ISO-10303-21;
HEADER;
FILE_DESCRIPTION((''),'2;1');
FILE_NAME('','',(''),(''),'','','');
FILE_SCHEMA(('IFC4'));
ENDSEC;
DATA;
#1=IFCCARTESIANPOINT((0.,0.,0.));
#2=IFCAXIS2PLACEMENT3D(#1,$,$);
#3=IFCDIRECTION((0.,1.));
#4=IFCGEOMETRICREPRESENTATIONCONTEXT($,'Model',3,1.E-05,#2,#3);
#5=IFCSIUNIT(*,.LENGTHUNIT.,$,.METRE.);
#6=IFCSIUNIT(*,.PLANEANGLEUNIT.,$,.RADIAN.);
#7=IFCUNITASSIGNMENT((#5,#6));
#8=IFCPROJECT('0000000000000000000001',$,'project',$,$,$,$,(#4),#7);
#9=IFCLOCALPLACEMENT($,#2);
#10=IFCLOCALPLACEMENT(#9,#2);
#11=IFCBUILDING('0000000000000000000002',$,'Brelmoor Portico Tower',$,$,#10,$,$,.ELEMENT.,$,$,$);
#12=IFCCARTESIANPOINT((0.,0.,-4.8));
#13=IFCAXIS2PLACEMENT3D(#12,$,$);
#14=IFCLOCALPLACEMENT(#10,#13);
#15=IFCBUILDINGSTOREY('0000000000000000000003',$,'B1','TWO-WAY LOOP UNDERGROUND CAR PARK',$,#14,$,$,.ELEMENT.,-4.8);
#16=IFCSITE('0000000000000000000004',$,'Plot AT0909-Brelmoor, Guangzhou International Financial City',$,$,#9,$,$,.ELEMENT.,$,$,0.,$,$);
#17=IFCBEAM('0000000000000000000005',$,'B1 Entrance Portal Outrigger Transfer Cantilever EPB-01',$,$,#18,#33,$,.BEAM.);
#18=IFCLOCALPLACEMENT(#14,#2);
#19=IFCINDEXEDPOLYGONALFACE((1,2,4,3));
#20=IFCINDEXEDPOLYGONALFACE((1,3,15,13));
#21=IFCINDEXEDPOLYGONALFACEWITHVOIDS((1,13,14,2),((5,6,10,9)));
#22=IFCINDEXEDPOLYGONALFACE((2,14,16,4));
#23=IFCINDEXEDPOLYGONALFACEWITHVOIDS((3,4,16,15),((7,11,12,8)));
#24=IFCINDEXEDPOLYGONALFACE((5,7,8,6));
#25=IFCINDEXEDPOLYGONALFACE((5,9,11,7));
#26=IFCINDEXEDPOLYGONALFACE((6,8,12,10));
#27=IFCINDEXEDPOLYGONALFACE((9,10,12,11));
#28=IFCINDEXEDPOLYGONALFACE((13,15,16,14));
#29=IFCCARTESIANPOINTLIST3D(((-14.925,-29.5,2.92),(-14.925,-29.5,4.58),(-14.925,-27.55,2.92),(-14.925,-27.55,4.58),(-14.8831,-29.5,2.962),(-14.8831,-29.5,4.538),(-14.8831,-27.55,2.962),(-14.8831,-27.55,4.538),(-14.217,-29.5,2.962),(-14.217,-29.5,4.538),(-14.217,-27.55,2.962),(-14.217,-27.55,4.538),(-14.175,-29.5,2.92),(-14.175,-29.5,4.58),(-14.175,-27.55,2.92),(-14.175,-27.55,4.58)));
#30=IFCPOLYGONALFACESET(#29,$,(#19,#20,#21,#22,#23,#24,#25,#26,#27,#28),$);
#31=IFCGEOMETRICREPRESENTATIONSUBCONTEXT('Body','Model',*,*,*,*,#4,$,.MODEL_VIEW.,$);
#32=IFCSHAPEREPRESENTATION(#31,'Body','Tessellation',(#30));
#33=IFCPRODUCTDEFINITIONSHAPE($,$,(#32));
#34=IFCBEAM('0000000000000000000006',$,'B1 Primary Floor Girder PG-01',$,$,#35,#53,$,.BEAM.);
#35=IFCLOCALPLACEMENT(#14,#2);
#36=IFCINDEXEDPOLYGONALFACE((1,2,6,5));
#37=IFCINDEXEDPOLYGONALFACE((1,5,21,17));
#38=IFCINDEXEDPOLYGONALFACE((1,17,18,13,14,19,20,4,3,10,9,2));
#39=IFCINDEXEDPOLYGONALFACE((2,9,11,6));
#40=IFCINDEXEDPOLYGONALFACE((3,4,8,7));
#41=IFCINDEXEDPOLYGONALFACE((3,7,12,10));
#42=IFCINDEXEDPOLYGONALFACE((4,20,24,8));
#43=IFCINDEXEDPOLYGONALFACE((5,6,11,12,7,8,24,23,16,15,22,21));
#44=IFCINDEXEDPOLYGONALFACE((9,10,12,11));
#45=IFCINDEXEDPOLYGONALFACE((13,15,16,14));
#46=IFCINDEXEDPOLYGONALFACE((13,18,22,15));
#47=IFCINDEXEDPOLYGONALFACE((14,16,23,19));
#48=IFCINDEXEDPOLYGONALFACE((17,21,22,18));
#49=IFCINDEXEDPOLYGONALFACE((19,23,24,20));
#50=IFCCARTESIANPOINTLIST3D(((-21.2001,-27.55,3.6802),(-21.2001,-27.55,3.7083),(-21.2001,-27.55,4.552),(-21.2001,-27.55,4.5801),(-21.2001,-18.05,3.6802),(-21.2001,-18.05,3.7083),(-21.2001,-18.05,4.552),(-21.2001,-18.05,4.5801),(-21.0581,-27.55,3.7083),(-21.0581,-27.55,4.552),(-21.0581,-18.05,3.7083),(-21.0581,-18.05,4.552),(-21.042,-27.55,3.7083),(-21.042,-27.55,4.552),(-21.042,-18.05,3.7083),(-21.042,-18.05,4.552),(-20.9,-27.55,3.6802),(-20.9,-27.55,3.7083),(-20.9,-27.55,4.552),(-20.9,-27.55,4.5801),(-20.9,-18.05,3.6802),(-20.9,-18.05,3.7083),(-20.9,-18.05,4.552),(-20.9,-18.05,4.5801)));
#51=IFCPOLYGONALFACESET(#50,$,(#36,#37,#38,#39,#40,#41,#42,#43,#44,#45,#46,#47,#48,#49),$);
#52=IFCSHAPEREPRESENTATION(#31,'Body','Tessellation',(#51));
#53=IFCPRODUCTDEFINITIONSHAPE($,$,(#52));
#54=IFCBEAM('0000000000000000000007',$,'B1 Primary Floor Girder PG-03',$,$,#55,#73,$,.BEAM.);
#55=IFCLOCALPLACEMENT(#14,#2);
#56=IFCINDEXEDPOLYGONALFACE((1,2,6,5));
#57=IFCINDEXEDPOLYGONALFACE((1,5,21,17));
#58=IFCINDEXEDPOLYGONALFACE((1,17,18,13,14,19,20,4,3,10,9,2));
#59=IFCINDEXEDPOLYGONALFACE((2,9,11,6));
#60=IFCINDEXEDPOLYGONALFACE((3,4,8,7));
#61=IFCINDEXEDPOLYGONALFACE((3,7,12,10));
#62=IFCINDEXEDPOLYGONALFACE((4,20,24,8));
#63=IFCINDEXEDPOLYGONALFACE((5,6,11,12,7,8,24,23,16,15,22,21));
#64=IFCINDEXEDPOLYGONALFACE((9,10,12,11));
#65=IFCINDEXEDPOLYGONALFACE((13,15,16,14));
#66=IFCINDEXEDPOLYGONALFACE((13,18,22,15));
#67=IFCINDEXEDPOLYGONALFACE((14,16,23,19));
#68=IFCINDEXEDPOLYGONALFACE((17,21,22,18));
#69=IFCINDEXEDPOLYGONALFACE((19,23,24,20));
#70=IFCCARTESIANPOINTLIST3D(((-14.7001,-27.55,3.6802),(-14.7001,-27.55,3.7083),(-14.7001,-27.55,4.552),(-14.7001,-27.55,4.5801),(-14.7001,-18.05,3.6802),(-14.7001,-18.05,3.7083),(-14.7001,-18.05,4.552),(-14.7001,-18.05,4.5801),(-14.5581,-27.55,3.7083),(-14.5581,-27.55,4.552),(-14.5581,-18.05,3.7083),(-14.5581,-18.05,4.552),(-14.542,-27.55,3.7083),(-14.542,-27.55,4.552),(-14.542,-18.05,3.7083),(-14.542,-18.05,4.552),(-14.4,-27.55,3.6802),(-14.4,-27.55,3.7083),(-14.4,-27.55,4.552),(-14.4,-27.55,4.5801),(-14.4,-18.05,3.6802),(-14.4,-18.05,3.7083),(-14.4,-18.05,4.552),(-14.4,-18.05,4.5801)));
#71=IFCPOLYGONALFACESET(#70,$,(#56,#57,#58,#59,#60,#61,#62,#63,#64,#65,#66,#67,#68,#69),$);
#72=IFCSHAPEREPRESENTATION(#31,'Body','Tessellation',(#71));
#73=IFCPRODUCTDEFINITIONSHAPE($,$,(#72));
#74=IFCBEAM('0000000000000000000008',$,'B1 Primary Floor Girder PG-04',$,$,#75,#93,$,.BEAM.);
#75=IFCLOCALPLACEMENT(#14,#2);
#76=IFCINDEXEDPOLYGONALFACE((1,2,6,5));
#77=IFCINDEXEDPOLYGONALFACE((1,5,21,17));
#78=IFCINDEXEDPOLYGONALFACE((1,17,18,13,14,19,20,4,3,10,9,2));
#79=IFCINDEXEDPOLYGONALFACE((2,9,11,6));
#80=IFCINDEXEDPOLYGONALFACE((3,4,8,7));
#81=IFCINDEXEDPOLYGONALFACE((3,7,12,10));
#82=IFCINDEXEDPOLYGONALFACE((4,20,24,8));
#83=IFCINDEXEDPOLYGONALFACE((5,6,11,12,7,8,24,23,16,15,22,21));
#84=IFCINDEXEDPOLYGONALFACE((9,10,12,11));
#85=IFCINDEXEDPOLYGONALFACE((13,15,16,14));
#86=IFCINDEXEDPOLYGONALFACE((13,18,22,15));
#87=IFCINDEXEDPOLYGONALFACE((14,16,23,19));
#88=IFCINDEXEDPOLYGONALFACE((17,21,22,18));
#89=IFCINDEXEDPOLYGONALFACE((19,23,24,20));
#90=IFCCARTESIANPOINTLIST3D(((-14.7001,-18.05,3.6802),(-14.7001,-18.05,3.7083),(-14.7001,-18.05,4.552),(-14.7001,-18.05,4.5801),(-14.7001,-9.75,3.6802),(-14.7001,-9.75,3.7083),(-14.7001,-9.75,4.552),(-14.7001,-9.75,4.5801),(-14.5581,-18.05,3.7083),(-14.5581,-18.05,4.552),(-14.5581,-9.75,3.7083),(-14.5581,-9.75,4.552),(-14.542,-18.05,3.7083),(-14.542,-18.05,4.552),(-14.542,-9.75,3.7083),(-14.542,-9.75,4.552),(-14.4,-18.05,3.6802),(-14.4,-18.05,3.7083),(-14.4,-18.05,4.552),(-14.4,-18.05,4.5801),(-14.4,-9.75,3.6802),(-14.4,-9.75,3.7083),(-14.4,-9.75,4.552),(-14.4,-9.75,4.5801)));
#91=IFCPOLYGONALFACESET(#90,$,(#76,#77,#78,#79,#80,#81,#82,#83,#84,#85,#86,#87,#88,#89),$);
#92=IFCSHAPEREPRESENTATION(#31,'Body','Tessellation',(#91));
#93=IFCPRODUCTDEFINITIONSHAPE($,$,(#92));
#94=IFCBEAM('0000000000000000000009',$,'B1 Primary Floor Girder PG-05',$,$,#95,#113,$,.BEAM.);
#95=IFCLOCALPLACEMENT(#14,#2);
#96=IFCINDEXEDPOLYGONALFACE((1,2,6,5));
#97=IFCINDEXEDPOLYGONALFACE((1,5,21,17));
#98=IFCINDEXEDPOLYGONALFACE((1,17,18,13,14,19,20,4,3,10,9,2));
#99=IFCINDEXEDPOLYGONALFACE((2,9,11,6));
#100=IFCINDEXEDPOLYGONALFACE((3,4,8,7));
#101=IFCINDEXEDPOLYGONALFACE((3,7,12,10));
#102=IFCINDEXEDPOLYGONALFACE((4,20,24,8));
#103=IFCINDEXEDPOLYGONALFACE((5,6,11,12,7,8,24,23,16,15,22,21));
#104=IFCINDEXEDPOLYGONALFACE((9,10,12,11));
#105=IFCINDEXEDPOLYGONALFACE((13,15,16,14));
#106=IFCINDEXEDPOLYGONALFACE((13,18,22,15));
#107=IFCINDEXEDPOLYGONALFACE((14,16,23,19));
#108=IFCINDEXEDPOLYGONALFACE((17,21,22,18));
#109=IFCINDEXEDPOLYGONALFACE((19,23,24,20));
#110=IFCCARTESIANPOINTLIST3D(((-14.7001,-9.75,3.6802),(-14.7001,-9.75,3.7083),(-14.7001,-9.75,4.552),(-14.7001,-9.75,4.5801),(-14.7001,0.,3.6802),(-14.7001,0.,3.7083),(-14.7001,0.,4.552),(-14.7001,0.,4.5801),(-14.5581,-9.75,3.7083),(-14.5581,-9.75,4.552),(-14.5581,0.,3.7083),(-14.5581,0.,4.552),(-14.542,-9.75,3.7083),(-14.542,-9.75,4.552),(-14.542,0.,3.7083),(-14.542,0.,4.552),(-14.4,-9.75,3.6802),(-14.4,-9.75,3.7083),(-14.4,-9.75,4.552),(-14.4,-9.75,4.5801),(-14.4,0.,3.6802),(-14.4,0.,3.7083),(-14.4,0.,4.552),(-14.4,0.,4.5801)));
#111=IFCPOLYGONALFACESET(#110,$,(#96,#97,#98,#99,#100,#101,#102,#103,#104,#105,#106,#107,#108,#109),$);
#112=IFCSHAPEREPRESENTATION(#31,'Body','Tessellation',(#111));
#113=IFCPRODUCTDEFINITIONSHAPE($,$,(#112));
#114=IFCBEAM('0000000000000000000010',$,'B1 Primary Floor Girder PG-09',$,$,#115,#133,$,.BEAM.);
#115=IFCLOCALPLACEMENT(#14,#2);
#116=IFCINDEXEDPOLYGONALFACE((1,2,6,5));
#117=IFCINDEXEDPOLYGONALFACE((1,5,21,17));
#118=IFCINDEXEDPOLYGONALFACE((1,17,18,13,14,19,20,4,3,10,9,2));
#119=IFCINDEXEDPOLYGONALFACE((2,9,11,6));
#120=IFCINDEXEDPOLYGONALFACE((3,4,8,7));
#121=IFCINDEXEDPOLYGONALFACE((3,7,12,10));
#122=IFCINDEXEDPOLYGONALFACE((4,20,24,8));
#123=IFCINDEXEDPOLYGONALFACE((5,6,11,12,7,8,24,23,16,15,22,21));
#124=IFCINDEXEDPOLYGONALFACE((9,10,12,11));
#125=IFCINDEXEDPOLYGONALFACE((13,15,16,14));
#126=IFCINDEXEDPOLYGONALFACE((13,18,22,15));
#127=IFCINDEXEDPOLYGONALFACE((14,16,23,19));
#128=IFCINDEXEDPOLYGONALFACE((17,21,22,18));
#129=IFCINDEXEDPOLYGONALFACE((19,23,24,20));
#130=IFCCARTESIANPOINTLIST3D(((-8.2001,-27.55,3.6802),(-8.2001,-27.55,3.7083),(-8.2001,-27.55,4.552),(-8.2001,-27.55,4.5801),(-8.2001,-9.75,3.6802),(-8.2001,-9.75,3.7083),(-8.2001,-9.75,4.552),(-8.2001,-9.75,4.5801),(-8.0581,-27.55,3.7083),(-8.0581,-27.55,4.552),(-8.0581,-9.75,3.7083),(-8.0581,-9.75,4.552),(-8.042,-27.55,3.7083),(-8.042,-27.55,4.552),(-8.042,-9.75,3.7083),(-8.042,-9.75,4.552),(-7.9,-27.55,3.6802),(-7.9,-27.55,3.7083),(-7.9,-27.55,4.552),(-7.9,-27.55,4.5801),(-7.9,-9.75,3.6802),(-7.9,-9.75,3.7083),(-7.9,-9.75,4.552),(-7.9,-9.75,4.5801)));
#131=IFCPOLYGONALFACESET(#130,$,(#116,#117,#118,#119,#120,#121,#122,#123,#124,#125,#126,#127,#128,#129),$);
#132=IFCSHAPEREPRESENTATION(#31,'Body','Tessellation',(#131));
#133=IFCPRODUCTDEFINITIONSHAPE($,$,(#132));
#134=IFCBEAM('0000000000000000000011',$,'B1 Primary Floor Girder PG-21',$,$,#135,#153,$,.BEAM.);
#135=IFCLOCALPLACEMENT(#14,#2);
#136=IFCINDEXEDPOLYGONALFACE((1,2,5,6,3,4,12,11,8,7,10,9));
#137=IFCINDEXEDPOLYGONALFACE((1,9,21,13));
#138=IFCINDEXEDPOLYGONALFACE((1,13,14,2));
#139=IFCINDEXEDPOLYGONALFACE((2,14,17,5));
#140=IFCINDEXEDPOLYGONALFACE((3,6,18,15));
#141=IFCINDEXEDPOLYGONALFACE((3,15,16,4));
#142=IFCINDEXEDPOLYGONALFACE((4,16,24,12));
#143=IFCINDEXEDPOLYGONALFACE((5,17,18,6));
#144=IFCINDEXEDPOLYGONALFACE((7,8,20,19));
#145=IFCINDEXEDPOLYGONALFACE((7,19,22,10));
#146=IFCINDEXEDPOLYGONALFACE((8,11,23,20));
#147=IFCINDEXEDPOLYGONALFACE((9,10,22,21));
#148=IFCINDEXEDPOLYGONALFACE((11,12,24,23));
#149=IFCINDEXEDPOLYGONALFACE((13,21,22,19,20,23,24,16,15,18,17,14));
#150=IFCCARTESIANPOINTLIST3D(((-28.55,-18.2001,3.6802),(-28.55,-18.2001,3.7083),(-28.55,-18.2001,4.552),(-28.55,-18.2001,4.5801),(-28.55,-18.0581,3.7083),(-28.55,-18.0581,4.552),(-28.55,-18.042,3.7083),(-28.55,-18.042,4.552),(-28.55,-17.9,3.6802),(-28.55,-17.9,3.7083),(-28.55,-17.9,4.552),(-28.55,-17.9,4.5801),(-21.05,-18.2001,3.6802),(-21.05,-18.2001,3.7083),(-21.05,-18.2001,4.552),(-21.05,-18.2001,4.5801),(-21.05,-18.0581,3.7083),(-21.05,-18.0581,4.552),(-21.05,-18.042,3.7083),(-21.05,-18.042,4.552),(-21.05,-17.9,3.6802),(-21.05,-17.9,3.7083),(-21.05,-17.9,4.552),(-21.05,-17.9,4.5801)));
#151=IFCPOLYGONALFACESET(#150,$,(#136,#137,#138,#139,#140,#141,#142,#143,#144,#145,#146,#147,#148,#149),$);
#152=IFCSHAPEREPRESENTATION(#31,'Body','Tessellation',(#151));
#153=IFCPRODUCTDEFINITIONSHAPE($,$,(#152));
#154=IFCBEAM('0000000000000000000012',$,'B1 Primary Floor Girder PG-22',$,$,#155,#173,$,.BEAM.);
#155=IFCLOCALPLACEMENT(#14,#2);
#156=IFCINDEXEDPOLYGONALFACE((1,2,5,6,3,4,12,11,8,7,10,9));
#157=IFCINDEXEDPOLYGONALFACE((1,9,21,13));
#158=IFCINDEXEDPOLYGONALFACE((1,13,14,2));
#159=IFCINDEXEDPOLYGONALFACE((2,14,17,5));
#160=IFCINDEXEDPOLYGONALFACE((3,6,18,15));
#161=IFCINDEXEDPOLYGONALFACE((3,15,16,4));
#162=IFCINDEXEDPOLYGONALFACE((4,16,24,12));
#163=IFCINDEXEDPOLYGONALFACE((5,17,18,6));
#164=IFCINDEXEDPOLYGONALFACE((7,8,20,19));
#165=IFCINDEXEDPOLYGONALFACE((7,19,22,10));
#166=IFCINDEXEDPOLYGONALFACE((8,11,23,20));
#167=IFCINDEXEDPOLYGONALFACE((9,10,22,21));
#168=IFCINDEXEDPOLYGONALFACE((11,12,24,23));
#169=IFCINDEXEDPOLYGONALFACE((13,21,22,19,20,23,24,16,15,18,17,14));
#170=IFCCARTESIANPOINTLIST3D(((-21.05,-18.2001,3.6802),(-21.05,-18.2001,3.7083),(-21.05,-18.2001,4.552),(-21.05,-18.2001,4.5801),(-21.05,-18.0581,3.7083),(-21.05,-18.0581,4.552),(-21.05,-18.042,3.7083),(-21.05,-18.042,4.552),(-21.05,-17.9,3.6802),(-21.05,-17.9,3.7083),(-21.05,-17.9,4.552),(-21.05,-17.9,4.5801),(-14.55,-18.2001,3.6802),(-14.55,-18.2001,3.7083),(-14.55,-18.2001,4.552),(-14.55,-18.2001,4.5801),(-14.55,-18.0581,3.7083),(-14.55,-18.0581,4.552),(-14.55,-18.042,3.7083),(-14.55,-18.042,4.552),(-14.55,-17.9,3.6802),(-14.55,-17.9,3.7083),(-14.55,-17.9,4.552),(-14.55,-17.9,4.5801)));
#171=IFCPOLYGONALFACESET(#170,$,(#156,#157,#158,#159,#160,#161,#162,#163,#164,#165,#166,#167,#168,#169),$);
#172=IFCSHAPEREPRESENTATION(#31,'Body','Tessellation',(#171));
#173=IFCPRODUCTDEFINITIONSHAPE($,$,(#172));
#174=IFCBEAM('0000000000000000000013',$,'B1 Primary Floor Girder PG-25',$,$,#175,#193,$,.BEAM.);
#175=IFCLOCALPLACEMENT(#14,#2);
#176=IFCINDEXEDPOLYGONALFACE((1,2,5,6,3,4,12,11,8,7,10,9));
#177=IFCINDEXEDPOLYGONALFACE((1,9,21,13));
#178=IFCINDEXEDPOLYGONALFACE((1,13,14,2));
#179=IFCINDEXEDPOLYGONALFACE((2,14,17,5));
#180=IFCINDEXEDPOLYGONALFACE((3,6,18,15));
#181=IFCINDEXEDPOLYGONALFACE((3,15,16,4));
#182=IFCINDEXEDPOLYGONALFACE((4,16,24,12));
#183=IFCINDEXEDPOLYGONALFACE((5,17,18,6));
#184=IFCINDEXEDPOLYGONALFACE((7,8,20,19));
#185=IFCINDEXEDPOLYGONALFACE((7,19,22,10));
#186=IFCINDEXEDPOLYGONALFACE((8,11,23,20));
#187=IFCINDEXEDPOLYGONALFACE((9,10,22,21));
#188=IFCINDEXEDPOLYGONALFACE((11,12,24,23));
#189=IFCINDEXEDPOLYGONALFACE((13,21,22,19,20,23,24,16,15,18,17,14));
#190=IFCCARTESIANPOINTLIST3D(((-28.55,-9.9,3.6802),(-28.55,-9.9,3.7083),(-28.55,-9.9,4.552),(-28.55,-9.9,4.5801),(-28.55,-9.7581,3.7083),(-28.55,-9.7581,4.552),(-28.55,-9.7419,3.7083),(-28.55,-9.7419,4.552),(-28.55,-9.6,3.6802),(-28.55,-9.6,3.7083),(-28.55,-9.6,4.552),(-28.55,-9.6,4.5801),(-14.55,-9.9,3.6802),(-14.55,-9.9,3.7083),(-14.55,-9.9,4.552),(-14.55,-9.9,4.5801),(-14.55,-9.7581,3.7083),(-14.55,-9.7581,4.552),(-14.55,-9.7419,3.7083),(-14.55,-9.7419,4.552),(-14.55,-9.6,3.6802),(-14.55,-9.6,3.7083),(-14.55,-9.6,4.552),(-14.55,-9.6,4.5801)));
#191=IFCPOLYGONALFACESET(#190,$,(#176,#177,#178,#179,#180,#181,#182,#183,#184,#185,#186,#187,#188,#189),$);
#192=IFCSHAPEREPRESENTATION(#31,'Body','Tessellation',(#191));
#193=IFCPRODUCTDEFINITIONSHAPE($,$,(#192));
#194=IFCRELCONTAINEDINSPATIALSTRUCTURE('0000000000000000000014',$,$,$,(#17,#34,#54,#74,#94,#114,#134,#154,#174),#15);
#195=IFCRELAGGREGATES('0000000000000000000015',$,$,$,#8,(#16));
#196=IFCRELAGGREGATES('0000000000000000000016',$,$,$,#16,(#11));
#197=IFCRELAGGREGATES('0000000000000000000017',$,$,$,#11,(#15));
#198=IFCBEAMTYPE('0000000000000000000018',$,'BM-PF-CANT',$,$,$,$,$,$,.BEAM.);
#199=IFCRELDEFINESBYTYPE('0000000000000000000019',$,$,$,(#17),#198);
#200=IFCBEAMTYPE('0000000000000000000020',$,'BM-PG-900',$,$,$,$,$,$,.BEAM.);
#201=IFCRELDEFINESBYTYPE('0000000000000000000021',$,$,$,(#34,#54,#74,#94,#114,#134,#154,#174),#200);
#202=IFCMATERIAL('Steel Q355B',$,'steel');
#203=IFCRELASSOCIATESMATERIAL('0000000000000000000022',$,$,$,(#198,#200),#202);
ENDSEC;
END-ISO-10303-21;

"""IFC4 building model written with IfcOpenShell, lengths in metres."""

from ifc_helpers import new_model, si_unit, direction, frame, origin, origin_2d, place, context, subcontext, project, spatial, hollow_rectangle, i_section, extrude, material, material_profile, profile_set, type_object, element, save


model = new_model("IFC4")

# Units and contexts
model_context = context("Model", 3, precision=1e-05, world=origin(), true_north=direction((0.0, 1.0)))
body_context = subcontext(model_context, "Body", "Model", "MODEL_VIEW")
ifc_project = project(units=[si_unit("LENGTHUNIT", "METRE"), si_unit("PLANEANGLEUNIT", "RADIAN")], contexts=[model_context])

# Site, building, storey
site_placement = place(None, origin())
site = spatial("IfcSite", under=ifc_project, at=site_placement, Name="Plot AT0909-Brelmoor, Guangzhou International Financial City", CompositionType="ELEMENT", RefElevation=0.0)
building_placement = place(site_placement, origin())
building = spatial("IfcBuilding", under=site, at=building_placement, Name="Brelmoor Portico Tower", CompositionType="ELEMENT")
storey_placement = place(building_placement, frame((0.0, 0.0, -4.8)))
storey = spatial("IfcBuildingStorey", under=building, at=storey_placement, Name="B1", Description="TWO-WAY LOOP UNDERGROUND CAR PARK", CompositionType="ELEMENT", Elevation=-4.8)

# Shared definitions
ifc_material_1 = material(Name="Steel Q355B", Category="steel")

# Beams
ifc_material_profile_1 = material_profile(ifc_material_1, hollow_rectangle(XDim=0.75, YDim=1.6599, WallThickness=0.042, at=origin_2d()), Name="BOX 750x1660x42")
ifc_profile_set_1 = profile_set([ifc_material_profile_1], Name="Steel Q355B")
beam_type_1 = type_object("IfcBeamType", Name="BM-PF-CANT", PredefinedType="BEAM", material=ifc_profile_set_1)
beam_1_placement = place(storey_placement, frame((-14.55, -29.5, 3.75), z_axis=(0.0, 1.0, 0.0), x_axis=(-1.0, 0.0, 0.0)))
element("IfcBeam", 1, at=beam_1_placement, inside=storey, type_object=beam_type_1, Name="B1 Entrance Portal Outrigger Transfer Cantilever EPB-01", PredefinedType="BEAM", context=body_context, shape_type="SweptSolid", body=[
    extrude(hollow_rectangle(XDim=0.75, YDim=1.6599, WallThickness=0.042, at=origin_2d()), origin(), (0.0, 0.0, 1.0), 1.95),
])
ifc_material_profile_2 = material_profile(ifc_material_1, i_section(OverallWidth=0.3, OverallDepth=0.8999, WebThickness=0.0161, FlangeThickness=0.0281, at=origin_2d()), Name="HN 900x300x16x28")
ifc_profile_set_2 = profile_set([ifc_material_profile_2], Name="Steel Q355B")
beam_type_2 = type_object("IfcBeamType", Name="BM-PG-900", PredefinedType="BEAM", material=ifc_profile_set_2)
for number, where, z_axis, x_axis, name in (
    (2, (-21.05, -27.55, 4.1301), (0.0, 1.0, 0.0), (-1.0, 0.0, 0.0), "B1 Primary Floor Girder PG-01"),
    (3, (-14.55, -27.55, 4.1301), (0.0, 1.0, 0.0), (-1.0, 0.0, 0.0), "B1 Primary Floor Girder PG-03"),
):
    element("IfcBeam", number, at=place(storey_placement, frame(where, z_axis=z_axis, x_axis=x_axis)), inside=storey, type_object=beam_type_2, Name=name, PredefinedType="BEAM", context=body_context, shape_type="SweptSolid", body=[
        extrude(i_section(OverallWidth=0.3, OverallDepth=0.8999, WebThickness=0.0161, FlangeThickness=0.0281, at=origin_2d()), origin(), (0.0, 0.0, 1.0), 9.5),
    ])
beam_2_placement = place(storey_placement, frame((-14.55, -18.05, 4.1301), z_axis=(0.0, 1.0, 0.0), x_axis=(-1.0, 0.0, 0.0)))
element("IfcBeam", 4, at=beam_2_placement, inside=storey, type_object=beam_type_2, Name="B1 Primary Floor Girder PG-04", PredefinedType="BEAM", context=body_context, shape_type="SweptSolid", body=[
    extrude(i_section(OverallWidth=0.3, OverallDepth=0.8999, WebThickness=0.0161, FlangeThickness=0.0281, at=origin_2d()), origin(), (0.0, 0.0, 1.0), 8.3),
])
beam_3_placement = place(storey_placement, frame((-14.55, -9.75, 4.1301), z_axis=(0.0, 1.0, 0.0), x_axis=(-1.0, 0.0, 0.0)))
element("IfcBeam", 5, at=beam_3_placement, inside=storey, type_object=beam_type_2, Name="B1 Primary Floor Girder PG-05", PredefinedType="BEAM", context=body_context, shape_type="SweptSolid", body=[
    extrude(i_section(OverallWidth=0.3, OverallDepth=0.8999, WebThickness=0.0161, FlangeThickness=0.0281, at=origin_2d()), origin(), (0.0, 0.0, 1.0), 9.75),
])
beam_4_placement = place(storey_placement, frame((-8.05, -27.55, 4.1301), z_axis=(0.0, 1.0, 0.0), x_axis=(-1.0, 0.0, 0.0)))
element("IfcBeam", 6, at=beam_4_placement, inside=storey, type_object=beam_type_2, Name="B1 Primary Floor Girder PG-09", PredefinedType="BEAM", context=body_context, shape_type="SweptSolid", body=[
    extrude(i_section(OverallWidth=0.3, OverallDepth=0.8999, WebThickness=0.0161, FlangeThickness=0.0281, at=origin_2d()), origin(), (0.0, 0.0, 1.0), 17.8),
])
beam_5_placement = place(storey_placement, frame((-28.55, -18.05, 4.1301), z_axis=(1.0, 0.0, 0.0), x_axis=(0.0, 1.0, 0.0)))
element("IfcBeam", 7, at=beam_5_placement, inside=storey, type_object=beam_type_2, Name="B1 Primary Floor Girder PG-21", PredefinedType="BEAM", context=body_context, shape_type="SweptSolid", body=[
    extrude(i_section(OverallWidth=0.3, OverallDepth=0.8999, WebThickness=0.0161, FlangeThickness=0.0281, at=origin_2d()), origin(), (0.0, 0.0, 1.0), 7.5),
])
beam_6_placement = place(storey_placement, frame((-21.05, -18.05, 4.1301), z_axis=(1.0, 0.0, 0.0), x_axis=(0.0, 1.0, 0.0)))
element("IfcBeam", 8, at=beam_6_placement, inside=storey, type_object=beam_type_2, Name="B1 Primary Floor Girder PG-22", PredefinedType="BEAM", context=body_context, shape_type="SweptSolid", body=[
    extrude(i_section(OverallWidth=0.3, OverallDepth=0.8999, WebThickness=0.0161, FlangeThickness=0.0281, at=origin_2d()), origin(), (0.0, 0.0, 1.0), 6.5),
])
beam_7_placement = place(storey_placement, frame((-28.55, -9.75, 4.1301), z_axis=(1.0, 0.0, 0.0), x_axis=(0.0, 1.0, 0.0)))
element("IfcBeam", 9, at=beam_7_placement, inside=storey, type_object=beam_type_2, Name="B1 Primary Floor Girder PG-25", PredefinedType="BEAM", context=body_context, shape_type="SweptSolid", body=[
    extrude(i_section(OverallWidth=0.3, OverallDepth=0.8999, WebThickness=0.0161, FlangeThickness=0.0281, at=origin_2d()), origin(), (0.0, 0.0, 1.0), 14.0),
])

save(model, "model.ifc")
